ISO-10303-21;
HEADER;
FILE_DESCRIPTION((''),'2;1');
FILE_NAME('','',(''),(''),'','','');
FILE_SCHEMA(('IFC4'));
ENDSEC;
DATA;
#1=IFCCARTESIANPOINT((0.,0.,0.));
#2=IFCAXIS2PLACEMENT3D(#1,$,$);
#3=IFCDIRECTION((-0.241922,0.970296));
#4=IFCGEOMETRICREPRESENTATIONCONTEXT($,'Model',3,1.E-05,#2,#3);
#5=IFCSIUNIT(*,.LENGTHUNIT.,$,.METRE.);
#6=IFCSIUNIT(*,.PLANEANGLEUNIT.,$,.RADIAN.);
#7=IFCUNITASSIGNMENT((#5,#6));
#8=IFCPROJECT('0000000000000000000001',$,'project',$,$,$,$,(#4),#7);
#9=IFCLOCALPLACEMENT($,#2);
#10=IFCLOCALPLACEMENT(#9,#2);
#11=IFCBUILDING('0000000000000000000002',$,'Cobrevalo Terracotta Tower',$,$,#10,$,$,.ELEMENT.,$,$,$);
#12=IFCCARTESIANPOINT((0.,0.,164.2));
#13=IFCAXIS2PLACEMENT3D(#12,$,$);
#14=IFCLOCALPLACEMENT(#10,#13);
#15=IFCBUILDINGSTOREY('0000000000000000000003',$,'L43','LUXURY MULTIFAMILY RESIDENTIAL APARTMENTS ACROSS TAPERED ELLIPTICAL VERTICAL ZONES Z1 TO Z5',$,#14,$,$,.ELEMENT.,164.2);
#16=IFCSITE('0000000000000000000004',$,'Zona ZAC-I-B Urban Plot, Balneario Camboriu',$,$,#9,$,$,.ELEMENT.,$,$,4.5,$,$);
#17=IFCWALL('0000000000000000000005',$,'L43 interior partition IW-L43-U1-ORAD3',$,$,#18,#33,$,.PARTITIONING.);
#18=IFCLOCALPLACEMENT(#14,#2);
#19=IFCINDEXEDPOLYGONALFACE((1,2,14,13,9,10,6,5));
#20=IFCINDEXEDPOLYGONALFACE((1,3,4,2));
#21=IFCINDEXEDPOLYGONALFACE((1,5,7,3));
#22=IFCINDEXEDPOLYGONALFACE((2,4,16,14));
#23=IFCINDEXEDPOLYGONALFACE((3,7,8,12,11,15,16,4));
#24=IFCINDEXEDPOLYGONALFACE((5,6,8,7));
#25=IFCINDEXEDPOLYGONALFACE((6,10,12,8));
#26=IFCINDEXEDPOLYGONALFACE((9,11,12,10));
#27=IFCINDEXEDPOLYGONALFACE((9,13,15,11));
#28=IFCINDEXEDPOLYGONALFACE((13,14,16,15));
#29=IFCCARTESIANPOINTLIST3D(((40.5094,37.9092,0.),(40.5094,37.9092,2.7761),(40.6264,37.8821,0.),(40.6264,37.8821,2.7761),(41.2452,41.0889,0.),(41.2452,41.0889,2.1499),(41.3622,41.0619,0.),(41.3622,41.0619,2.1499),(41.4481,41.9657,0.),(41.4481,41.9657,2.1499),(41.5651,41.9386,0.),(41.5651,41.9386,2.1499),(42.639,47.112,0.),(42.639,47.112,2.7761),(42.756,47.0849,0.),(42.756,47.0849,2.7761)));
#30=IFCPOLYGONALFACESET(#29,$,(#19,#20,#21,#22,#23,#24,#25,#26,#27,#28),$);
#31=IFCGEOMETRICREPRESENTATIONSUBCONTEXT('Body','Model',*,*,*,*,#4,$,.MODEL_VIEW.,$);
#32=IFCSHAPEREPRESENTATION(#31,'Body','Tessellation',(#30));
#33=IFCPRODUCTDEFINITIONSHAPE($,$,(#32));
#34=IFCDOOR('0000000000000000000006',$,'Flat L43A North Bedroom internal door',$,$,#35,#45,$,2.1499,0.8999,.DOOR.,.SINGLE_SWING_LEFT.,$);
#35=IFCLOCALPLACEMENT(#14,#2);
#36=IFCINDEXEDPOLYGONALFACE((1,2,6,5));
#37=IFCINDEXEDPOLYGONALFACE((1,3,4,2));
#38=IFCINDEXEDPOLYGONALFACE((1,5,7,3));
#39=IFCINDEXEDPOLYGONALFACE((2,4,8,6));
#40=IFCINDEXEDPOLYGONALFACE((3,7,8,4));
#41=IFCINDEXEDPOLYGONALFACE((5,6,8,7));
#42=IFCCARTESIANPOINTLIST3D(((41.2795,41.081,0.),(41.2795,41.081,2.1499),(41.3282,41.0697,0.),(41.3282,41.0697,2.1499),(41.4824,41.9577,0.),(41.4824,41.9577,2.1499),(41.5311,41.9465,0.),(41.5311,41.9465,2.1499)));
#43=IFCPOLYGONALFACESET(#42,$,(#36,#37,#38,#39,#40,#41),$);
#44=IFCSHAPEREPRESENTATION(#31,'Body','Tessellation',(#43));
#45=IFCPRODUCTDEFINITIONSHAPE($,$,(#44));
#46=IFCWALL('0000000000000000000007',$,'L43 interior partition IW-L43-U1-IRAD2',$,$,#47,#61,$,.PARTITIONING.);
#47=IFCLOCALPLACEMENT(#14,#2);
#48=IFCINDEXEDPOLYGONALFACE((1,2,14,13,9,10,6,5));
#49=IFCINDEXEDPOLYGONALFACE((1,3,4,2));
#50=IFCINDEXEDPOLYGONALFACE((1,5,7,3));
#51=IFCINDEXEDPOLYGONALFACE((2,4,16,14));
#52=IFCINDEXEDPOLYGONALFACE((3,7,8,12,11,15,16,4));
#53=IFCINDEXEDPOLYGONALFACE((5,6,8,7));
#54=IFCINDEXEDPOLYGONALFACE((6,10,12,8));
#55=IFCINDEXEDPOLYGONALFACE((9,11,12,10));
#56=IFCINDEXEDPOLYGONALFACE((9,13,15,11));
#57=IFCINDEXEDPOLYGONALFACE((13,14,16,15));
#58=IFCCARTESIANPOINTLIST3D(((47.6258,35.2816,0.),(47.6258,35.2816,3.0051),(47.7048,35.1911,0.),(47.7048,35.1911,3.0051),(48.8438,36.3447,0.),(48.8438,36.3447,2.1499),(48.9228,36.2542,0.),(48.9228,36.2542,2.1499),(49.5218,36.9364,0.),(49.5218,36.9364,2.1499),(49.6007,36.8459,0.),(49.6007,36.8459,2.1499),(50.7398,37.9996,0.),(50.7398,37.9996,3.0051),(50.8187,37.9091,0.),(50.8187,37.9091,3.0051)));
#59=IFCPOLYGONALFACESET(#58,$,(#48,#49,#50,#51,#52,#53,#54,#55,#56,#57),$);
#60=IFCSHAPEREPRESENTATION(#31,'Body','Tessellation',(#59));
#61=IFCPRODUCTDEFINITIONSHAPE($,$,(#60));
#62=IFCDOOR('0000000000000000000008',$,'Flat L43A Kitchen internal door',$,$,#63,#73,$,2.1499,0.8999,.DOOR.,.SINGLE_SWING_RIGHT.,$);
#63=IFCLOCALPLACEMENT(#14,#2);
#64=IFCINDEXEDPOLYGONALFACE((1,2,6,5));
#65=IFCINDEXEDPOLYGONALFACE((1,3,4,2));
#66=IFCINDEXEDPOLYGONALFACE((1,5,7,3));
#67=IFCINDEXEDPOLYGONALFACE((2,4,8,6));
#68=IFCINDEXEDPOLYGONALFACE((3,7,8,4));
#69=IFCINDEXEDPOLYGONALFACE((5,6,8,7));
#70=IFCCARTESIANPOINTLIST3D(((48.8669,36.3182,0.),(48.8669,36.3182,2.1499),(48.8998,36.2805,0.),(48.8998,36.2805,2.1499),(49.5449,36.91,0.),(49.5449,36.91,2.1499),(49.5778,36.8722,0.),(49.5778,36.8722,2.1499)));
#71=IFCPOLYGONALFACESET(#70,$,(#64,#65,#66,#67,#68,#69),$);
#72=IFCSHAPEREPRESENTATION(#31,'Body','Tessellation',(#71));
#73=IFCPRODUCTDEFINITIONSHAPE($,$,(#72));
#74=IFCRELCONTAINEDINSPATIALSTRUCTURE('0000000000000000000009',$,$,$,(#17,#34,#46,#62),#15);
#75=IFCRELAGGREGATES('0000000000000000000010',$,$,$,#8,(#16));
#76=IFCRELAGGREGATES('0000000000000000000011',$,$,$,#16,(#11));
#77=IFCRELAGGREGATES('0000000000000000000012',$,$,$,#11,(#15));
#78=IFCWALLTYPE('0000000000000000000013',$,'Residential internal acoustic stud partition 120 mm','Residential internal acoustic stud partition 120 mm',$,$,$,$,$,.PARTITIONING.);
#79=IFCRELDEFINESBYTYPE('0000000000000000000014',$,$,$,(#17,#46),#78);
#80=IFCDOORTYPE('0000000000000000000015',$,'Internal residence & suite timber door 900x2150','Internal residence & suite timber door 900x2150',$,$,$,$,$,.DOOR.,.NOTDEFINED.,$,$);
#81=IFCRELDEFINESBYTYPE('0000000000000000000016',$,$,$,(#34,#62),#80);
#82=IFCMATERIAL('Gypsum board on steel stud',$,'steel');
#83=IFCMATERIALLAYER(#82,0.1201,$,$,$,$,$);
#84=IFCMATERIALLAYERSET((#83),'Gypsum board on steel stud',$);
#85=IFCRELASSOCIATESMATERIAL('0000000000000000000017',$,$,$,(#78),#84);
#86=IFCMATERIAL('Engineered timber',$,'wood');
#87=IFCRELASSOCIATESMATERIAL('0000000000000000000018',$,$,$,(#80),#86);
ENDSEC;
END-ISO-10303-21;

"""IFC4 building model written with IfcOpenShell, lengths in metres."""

from ifc_helpers import new_model, si_unit, direction, frame, frame_2d, origin, place, context, subcontext, project, spatial, rectangle, extrude, source, transform, mapped, material, layer, layer_set, type_object, element, fill, save


model = new_model("IFC4")

# Units and contexts
model_context = context("Model", 3, precision=1e-05, world=origin(), true_north=direction((-0.241922, 0.970296)))
body_context = subcontext(model_context, "Body", "Model", "MODEL_VIEW")
ifc_project = project(units=[si_unit("LENGTHUNIT", "METRE"), si_unit("PLANEANGLEUNIT", "RADIAN")], contexts=[model_context])

# Site, building, storey
site_placement = place(None, origin())
site = spatial("IfcSite", under=ifc_project, at=site_placement, Name="Zona ZAC-I-B Urban Plot, Balneario Camboriu", CompositionType="ELEMENT", RefElevation=4.5)
building_placement = place(site_placement, origin())
building = spatial("IfcBuilding", under=site, at=building_placement, Name="Cobrevalo Terracotta Tower", CompositionType="ELEMENT")
storey_placement = place(building_placement, frame((0.0, 0.0, 164.2)))
storey = spatial("IfcBuildingStorey", under=building, at=storey_placement, Name="L43", Description="LUXURY MULTIFAMILY RESIDENTIAL APARTMENTS ACROSS TAPERED ELLIPTICAL VERTICAL ZONES Z1 TO Z5", CompositionType="ELEMENT", Elevation=164.2)

# Walls, openings, doors
ifc_material_1 = material(Name="Gypsum board on steel stud", Category="steel")
ifc_layer_1 = layer(ifc_material_1, 0.1201)
ifc_layer_set_1 = layer_set([ifc_layer_1], Name="Gypsum board on steel stud")
wall_type = type_object("IfcWallType", Name="Residential internal acoustic stud partition 120 mm", Description="Residential internal acoustic stud partition 120 mm", PredefinedType="PARTITIONING", material=ifc_layer_set_1)
ifc_material_2 = material(Name="Engineered timber", Category="wood")
door_type = type_object("IfcDoorType", Name="Internal residence & suite timber door 900x2150", Description="Internal residence & suite timber door 900x2150", OperationType="NOTDEFINED", PredefinedType="DOOR", material=ifc_material_2)
shared_shape_1 = source(origin(), body_context, "Body", "SweptSolid", [
    extrude(rectangle(XDim=0.8999, YDim=2.1499, at=frame_2d((0.45, 1.075))), frame((0.0, 0.0249, 0.0), z_axis=(0.0, -1.0, 0.0), x_axis=(1.0, 0.0, 0.0)), (0.0, 0.0, 1.0), 0.05),
])
wall_1_placement = place(storey_placement, frame((40.5679, 37.8955, 0.0), z_axis=(0.0, 0.0, 1.0), x_axis=(0.225452, 0.974254, 0.0)))
wall_1 = element("IfcWall", 1, at=wall_1_placement, inside=storey, type_object=wall_type, Name="L43 interior partition IW-L43-U1-ORAD3", PredefinedType="PARTITIONING", context=body_context, shape_type="SweptSolid", body=[
    extrude(rectangle(XDim=9.446, YDim=0.1201, at=frame_2d((4.7231, 0.0))), origin(), (0.0, 0.0, 1.0), 2.7761),
])
opening_1_placement = place(wall_1_placement, frame((3.2639, 0.0, 0.0)))
opening_1 = element("IfcOpeningElement", 2, at=opening_1_placement, cuts=wall_1, PredefinedType="OPENING", context=body_context, shape_type="SweptSolid", body=[
    extrude(rectangle(XDim=0.8999, YDim=2.1499, at=frame_2d((0.45, 1.075))), frame((0.0, 0.0701, 0.0), z_axis=(0.0, -1.0, 0.0), x_axis=(1.0, 0.0, 0.0)), (0.0, 0.0, 1.0), 0.1401),
])
door_1_placement = place(opening_1_placement, origin())
door_1 = element("IfcDoor", 3, at=door_1_placement, inside=storey, type_object=door_type, Name="Flat L43A North Bedroom internal door", OperationType="SINGLE_SWING_LEFT", OverallHeight=2.1499, OverallWidth=0.8999, PredefinedType="DOOR", context=body_context, shape_type="MappedRepresentation", body=[
    mapped(shared_shape_1, transform((0.0, 0.0, 0.0), scale=1.0)),
])
fill(opening_1, door_1)
wall_2_placement = place(storey_placement, frame((47.6653, 35.2363, 0.0), z_axis=(0.0, 0.0, 1.0), x_axis=(0.753385, 0.65758, 0.0)))
wall_2 = element("IfcWall", 4, at=wall_2_placement, inside=storey, type_object=wall_type, Name="L43 interior partition IW-L43-U1-IRAD2", PredefinedType="PARTITIONING", context=body_context, shape_type="SweptSolid", body=[
    extrude(rectangle(XDim=4.1333, YDim=0.1201, at=frame_2d((2.0667, 0.0))), origin(), (0.0, 0.0, 1.0), 3.0051),
])
opening_2_placement = place(wall_2_placement, frame((1.6167, 0.0, 0.0)))
opening_2 = element("IfcOpeningElement", 5, at=opening_2_placement, cuts=wall_2, PredefinedType="OPENING", context=body_context, shape_type="SweptSolid", body=[
    extrude(rectangle(XDim=0.8999, YDim=2.1499, at=frame_2d((0.45, 1.075))), frame((0.0, 0.0701, 0.0), z_axis=(0.0, -1.0, 0.0), x_axis=(1.0, 0.0, 0.0)), (0.0, 0.0, 1.0), 0.1401),
])
door_2_placement = place(opening_2_placement, origin())
door_2 = element("IfcDoor", 6, at=door_2_placement, inside=storey, type_object=door_type, Name="Flat L43A Kitchen internal door", OperationType="SINGLE_SWING_RIGHT", OverallHeight=2.1499, OverallWidth=0.8999, PredefinedType="DOOR", context=body_context, shape_type="MappedRepresentation", body=[
    mapped(shared_shape_1, transform((0.0, 0.0, 0.0), scale=1.0)),
])
fill(opening_2, door_2)

save(model, "model.ifc")
